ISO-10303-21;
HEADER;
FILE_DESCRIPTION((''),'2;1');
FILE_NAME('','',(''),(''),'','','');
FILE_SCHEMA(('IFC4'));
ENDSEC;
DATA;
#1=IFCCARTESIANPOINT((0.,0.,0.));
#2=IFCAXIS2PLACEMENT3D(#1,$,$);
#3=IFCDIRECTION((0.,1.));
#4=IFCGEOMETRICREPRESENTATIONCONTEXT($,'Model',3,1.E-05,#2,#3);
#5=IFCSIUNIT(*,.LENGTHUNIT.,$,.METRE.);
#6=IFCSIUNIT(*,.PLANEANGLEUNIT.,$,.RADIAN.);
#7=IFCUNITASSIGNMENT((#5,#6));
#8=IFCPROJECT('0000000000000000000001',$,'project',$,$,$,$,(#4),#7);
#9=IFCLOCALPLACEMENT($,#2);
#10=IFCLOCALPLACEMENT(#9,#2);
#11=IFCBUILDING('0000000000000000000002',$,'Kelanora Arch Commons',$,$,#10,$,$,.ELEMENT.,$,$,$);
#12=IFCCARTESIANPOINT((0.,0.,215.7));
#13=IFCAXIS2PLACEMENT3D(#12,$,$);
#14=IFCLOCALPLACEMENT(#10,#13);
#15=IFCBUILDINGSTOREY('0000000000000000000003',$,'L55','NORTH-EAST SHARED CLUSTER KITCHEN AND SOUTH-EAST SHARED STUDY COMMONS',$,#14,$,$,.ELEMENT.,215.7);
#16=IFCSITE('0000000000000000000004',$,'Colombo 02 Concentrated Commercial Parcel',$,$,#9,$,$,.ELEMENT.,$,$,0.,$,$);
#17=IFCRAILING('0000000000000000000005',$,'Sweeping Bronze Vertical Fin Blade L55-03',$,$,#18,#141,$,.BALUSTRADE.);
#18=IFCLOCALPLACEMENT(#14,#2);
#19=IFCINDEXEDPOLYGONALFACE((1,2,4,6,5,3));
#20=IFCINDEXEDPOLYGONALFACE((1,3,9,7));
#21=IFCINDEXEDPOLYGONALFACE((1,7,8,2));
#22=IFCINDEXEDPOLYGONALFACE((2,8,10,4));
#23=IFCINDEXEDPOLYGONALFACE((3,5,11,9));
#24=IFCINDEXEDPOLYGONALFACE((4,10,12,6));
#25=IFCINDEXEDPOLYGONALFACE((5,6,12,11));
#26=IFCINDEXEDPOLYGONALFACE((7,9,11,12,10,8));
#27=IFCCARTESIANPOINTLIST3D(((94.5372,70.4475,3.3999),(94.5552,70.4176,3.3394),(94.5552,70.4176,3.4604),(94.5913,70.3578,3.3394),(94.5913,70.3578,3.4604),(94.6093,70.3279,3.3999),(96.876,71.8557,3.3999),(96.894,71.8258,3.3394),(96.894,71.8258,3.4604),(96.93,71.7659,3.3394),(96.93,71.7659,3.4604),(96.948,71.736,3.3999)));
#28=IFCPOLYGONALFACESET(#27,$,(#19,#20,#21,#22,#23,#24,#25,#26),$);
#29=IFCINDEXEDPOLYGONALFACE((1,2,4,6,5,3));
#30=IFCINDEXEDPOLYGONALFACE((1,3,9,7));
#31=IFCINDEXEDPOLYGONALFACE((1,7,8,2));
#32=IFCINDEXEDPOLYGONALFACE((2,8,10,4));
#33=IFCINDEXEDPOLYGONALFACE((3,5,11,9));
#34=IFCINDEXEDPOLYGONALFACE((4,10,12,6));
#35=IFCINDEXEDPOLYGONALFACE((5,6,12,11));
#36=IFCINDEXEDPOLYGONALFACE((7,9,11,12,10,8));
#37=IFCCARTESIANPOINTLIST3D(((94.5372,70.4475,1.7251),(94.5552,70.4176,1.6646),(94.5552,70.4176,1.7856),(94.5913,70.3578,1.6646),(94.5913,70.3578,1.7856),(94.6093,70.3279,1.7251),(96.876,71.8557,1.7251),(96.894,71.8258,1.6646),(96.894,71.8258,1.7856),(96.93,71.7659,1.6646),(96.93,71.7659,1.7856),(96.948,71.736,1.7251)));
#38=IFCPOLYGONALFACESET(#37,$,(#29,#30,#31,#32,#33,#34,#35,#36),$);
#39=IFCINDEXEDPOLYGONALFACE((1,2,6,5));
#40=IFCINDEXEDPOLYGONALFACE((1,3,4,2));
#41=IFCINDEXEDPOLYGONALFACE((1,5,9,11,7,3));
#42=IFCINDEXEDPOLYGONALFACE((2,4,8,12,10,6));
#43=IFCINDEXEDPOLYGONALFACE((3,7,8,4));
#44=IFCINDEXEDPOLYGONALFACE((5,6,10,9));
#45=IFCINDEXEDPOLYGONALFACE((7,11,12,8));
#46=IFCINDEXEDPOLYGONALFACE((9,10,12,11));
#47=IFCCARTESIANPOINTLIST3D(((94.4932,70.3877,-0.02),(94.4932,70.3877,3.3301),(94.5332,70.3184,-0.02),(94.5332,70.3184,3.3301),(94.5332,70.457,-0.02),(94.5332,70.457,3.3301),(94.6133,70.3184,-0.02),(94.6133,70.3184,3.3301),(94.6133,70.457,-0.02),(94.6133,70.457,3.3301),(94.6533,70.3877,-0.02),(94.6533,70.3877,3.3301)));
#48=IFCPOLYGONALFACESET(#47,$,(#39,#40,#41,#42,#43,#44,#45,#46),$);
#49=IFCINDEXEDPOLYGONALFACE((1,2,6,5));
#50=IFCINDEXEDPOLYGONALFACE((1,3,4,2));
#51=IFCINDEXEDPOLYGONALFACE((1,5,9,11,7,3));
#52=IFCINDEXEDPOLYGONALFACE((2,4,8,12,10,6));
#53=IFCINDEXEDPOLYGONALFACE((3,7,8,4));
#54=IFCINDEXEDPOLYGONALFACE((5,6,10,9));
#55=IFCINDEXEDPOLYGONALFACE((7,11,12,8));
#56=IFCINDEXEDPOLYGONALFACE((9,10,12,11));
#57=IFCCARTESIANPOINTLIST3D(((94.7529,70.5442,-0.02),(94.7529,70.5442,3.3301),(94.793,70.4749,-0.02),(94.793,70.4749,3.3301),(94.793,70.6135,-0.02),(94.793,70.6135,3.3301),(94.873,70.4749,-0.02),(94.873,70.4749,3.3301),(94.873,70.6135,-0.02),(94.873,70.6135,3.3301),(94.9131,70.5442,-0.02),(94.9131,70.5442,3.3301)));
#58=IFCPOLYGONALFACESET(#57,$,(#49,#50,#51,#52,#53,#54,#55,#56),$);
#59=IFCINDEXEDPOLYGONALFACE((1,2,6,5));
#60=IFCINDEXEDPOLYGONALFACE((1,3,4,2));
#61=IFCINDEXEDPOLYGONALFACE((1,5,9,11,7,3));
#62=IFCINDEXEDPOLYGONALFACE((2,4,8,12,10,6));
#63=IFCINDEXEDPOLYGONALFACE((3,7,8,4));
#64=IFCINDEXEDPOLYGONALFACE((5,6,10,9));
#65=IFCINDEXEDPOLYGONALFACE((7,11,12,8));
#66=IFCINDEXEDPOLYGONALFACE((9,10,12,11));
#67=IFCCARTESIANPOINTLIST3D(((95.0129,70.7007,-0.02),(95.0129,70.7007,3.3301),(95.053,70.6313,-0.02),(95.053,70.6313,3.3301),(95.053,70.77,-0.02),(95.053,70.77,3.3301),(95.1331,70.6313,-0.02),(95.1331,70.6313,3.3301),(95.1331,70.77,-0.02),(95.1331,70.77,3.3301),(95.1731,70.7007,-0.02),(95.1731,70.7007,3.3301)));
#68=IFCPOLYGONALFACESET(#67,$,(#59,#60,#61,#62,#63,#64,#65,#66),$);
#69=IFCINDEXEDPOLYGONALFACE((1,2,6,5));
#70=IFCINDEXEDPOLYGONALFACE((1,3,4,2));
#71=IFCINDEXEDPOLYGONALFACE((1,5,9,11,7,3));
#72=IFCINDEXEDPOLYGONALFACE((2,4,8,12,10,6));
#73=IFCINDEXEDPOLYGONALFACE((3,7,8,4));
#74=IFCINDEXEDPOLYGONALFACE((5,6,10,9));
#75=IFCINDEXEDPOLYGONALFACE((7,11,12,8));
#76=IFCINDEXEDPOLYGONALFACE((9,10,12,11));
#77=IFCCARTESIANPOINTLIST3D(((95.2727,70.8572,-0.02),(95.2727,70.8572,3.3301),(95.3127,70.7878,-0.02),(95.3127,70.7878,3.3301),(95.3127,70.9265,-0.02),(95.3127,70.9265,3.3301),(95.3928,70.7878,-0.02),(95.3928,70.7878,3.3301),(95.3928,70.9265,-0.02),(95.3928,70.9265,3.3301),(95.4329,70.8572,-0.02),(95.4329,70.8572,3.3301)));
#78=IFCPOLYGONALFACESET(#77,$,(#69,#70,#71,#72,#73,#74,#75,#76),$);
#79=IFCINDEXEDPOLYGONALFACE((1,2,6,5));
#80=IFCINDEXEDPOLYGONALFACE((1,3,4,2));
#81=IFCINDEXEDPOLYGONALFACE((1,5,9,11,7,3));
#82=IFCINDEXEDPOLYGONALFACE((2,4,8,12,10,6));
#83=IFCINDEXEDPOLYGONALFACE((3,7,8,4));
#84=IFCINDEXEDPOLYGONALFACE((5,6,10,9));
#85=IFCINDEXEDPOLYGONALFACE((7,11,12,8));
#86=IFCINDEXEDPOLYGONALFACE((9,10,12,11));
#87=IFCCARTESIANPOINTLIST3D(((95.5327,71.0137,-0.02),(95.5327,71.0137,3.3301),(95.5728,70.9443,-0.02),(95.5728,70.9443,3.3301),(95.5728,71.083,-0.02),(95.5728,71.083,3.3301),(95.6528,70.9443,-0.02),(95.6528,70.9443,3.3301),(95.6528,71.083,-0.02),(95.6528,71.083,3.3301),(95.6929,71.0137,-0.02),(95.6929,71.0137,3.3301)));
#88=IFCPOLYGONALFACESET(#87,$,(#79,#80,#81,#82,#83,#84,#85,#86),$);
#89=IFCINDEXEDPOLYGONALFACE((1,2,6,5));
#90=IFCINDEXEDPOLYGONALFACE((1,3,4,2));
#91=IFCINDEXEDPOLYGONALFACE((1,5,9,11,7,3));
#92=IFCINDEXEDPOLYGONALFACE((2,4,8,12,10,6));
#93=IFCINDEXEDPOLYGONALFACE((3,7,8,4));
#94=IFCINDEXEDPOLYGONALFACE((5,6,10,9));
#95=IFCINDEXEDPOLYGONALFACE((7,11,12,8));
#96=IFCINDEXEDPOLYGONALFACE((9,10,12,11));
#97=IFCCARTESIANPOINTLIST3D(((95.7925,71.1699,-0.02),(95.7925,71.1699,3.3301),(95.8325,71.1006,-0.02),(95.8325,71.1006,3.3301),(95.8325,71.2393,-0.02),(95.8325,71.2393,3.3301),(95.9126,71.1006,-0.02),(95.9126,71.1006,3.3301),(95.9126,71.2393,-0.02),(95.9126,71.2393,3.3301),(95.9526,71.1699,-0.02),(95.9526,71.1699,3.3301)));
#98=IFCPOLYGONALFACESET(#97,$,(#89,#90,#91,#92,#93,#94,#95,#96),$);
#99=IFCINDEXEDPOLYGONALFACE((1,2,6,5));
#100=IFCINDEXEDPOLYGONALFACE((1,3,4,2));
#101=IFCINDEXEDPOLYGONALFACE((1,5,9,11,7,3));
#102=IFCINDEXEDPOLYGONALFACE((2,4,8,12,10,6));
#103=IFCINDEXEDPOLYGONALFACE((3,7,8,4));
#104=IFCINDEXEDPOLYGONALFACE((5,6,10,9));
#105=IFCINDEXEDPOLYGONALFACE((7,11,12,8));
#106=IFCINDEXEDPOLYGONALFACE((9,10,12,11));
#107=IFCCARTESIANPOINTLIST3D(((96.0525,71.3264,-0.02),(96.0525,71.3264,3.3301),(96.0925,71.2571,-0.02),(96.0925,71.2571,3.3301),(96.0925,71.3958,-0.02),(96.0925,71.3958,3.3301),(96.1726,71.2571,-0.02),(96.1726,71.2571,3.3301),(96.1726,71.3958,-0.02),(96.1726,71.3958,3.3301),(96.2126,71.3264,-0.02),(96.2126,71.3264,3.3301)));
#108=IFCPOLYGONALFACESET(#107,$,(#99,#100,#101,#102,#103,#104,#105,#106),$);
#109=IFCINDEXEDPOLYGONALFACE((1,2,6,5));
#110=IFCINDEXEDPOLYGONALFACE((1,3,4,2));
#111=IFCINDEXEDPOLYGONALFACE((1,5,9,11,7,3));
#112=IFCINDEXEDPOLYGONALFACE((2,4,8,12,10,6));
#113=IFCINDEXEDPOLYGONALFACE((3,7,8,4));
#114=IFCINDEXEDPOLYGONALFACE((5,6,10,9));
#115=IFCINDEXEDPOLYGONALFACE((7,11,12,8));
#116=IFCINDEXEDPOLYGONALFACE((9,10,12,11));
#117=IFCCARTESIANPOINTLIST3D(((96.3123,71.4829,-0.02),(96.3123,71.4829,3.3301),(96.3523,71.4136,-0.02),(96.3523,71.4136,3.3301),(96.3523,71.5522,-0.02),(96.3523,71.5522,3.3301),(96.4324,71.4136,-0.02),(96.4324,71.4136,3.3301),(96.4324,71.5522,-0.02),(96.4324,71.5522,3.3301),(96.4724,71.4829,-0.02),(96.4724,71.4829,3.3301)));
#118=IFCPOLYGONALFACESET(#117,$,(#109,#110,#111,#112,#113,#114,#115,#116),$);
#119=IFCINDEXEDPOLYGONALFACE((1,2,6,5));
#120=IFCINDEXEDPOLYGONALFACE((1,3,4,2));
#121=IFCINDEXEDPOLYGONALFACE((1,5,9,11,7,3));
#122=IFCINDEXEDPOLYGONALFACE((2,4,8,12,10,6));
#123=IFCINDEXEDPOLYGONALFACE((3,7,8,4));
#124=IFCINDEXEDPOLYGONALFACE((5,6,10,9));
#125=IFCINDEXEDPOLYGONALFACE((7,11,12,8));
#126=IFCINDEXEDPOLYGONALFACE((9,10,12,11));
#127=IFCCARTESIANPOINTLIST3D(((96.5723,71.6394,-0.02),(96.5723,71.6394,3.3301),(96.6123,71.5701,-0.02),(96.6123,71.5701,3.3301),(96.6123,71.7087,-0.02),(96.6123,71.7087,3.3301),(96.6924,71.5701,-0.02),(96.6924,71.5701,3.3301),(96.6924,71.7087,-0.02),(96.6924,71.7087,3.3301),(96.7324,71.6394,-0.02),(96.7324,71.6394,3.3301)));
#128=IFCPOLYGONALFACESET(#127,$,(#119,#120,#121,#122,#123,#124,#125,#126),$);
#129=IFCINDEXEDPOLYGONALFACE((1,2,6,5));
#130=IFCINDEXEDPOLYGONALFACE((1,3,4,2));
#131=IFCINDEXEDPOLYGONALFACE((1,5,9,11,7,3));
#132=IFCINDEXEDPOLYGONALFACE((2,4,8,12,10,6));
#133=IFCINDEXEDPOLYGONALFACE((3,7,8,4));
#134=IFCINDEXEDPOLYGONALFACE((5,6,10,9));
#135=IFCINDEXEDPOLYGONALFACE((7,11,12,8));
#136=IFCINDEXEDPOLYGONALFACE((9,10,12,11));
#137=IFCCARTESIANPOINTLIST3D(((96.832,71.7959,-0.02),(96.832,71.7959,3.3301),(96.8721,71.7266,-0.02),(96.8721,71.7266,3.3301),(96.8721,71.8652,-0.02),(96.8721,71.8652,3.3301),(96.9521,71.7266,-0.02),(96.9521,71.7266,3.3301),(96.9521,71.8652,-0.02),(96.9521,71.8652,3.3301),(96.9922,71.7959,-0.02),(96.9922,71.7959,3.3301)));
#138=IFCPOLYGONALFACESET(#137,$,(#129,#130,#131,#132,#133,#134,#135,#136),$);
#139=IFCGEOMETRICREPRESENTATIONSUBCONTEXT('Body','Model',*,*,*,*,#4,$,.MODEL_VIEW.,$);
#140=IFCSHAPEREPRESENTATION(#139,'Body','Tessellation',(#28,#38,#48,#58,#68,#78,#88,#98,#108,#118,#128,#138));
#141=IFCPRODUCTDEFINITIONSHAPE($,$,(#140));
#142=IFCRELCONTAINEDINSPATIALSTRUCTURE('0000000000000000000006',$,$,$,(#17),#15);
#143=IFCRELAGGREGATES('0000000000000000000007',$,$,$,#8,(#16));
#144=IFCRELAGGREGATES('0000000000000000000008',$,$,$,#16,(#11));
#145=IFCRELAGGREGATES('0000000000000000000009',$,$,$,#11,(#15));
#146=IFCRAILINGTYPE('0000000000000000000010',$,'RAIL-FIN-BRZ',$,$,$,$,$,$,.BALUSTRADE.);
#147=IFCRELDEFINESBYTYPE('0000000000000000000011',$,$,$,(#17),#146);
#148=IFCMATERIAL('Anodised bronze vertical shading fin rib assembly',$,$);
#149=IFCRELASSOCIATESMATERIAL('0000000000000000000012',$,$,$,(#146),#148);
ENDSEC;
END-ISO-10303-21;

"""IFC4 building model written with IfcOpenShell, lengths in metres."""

from ifc_helpers import new_model, si_unit, direction, frame, origin, place, context, subcontext, project, spatial, polyline, outline, extrude, material, type_object, element, save


model = new_model("IFC4")

# Units and contexts
model_context = context("Model", 3, precision=1e-05, world=origin(), true_north=direction((0.0, 1.0)))
body_context = subcontext(model_context, "Body", "Model", "MODEL_VIEW")
ifc_project = project(units=[si_unit("LENGTHUNIT", "METRE"), si_unit("PLANEANGLEUNIT", "RADIAN")], contexts=[model_context])

# Site, building, storey
site_placement = place(None, origin())
site = spatial("IfcSite", under=ifc_project, at=site_placement, Name="Colombo 02 Concentrated Commercial Parcel", CompositionType="ELEMENT", RefElevation=0.0)
building_placement = place(site_placement, origin())
building = spatial("IfcBuilding", under=site, at=building_placement, Name="Kelanora Arch Commons", CompositionType="ELEMENT")
storey_placement = place(building_placement, frame((0.0, 0.0, 215.7)))
storey = spatial("IfcBuildingStorey", under=building, at=storey_placement, Name="L55", Description="NORTH-EAST SHARED CLUSTER KITCHEN AND SOUTH-EAST SHARED STUDY COMMONS", CompositionType="ELEMENT", Elevation=215.7)

# Railing
ifc_material_1 = material(Name="Anodised bronze vertical shading fin rib assembly")
railing_type = type_object("IfcRailingType", Name="RAIL-FIN-BRZ", PredefinedType="BALUSTRADE", material=ifc_material_1)
railing_1_placement = place(storey_placement, frame((94.5732, 70.3877, -0.02)))
element("IfcRailing", 1, at=railing_1_placement, inside=storey, type_object=railing_type, Name="Sweeping Bronze Vertical Fin Blade L55-03", PredefinedType="BALUSTRADE", context=body_context, shape_type="SweptSolid", body=[
    extrude(outline(polyline([(0.0698, 0.0), (0.0349, 0.0605), (-0.0349, 0.0605), (-0.0698, 0.0), (-0.0349, -0.0605), (0.0349, -0.0605), (0.0698, 0.0)])), frame((0.0, 0.0, 3.4199), z_axis=(0.856703, 0.51581, 0.0), x_axis=(-0.51581, 0.856703, 0.0)), (0.0, 0.0, 1.0), 2.73),
    extrude(outline(polyline([(0.0698, 0.0), (0.0349, 0.0605), (-0.0349, 0.0605), (-0.0698, 0.0), (-0.0349, -0.0605), (0.0349, -0.0605), (0.0698, 0.0)])), frame((0.0, 0.0, 1.7451), z_axis=(0.856703, 0.51581, 0.0), x_axis=(-0.51581, 0.856703, 0.0)), (0.0, 0.0, 1.0), 2.73),
    extrude(outline(polyline([(0.0801, 0.0), (0.04, 0.0693), (-0.04, 0.0693), (-0.0801, 0.0), (-0.04, -0.0693), (0.04, -0.0693), (0.0801, 0.0)])), origin(), (0.0, 0.0, 1.0), 3.3501),
    extrude(outline(polyline([(0.0801, 0.0), (0.04, 0.0693), (-0.04, 0.0693), (-0.0801, 0.0), (-0.04, -0.0693), (0.04, -0.0693), (0.0801, 0.0)])), frame((0.2598, 0.1565, 0.0)), (0.0, 0.0, 1.0), 3.3501),
    extrude(outline(polyline([(0.0801, 0.0), (0.04, 0.0693), (-0.04, 0.0693), (-0.0801, 0.0), (-0.04, -0.0693), (0.04, -0.0693), (0.0801, 0.0)])), frame((0.5198, 0.313, 0.0)), (0.0, 0.0, 1.0), 3.3501),
    extrude(outline(polyline([(0.0801, 0.0), (0.04, 0.0693), (-0.04, 0.0693), (-0.0801, 0.0), (-0.04, -0.0693), (0.04, -0.0693), (0.0801, 0.0)])), frame((0.7795, 0.4695, 0.0)), (0.0, 0.0, 1.0), 3.3501),
    extrude(outline(polyline([(0.0801, 0.0), (0.04, 0.0693), (-0.04, 0.0693), (-0.0801, 0.0), (-0.04, -0.0693), (0.04, -0.0693), (0.0801, 0.0)])), frame((1.0396, 0.626, 0.0)), (0.0, 0.0, 1.0), 3.3501),
    extrude(outline(polyline([(0.0801, 0.0), (0.04, 0.0693), (-0.04, 0.0693), (-0.0801, 0.0), (-0.04, -0.0693), (0.04, -0.0693), (0.0801, 0.0)])), frame((1.2993, 0.7822, 0.0)), (0.0, 0.0, 1.0), 3.3501),
    extrude(outline(polyline([(0.0801, 0.0), (0.04, 0.0693), (-0.04, 0.0693), (-0.0801, 0.0), (-0.04, -0.0693), (0.04, -0.0693), (0.0801, 0.0)])), frame((1.5593, 0.9387, 0.0)), (0.0, 0.0, 1.0), 3.3501),
    extrude(outline(polyline([(0.0801, 0.0), (0.04, 0.0693), (-0.04, 0.0693), (-0.0801, 0.0), (-0.04, -0.0693), (0.04, -0.0693), (0.0801, 0.0)])), frame((1.8191, 1.0952, 0.0)), (0.0, 0.0, 1.0), 3.3501),
    extrude(outline(polyline([(0.0801, 0.0), (0.04, 0.0693), (-0.04, 0.0693), (-0.0801, 0.0), (-0.04, -0.0693), (0.04, -0.0693), (0.0801, 0.0)])), frame((2.0791, 1.2517, 0.0)), (0.0, 0.0, 1.0), 3.3501),
    extrude(outline(polyline([(0.0801, 0.0), (0.04, 0.0693), (-0.04, 0.0693), (-0.0801, 0.0), (-0.04, -0.0693), (0.04, -0.0693), (0.0801, 0.0)])), frame((2.3389, 1.4082, 0.0)), (0.0, 0.0, 1.0), 3.3501),
])

save(model, "model.ifc")
